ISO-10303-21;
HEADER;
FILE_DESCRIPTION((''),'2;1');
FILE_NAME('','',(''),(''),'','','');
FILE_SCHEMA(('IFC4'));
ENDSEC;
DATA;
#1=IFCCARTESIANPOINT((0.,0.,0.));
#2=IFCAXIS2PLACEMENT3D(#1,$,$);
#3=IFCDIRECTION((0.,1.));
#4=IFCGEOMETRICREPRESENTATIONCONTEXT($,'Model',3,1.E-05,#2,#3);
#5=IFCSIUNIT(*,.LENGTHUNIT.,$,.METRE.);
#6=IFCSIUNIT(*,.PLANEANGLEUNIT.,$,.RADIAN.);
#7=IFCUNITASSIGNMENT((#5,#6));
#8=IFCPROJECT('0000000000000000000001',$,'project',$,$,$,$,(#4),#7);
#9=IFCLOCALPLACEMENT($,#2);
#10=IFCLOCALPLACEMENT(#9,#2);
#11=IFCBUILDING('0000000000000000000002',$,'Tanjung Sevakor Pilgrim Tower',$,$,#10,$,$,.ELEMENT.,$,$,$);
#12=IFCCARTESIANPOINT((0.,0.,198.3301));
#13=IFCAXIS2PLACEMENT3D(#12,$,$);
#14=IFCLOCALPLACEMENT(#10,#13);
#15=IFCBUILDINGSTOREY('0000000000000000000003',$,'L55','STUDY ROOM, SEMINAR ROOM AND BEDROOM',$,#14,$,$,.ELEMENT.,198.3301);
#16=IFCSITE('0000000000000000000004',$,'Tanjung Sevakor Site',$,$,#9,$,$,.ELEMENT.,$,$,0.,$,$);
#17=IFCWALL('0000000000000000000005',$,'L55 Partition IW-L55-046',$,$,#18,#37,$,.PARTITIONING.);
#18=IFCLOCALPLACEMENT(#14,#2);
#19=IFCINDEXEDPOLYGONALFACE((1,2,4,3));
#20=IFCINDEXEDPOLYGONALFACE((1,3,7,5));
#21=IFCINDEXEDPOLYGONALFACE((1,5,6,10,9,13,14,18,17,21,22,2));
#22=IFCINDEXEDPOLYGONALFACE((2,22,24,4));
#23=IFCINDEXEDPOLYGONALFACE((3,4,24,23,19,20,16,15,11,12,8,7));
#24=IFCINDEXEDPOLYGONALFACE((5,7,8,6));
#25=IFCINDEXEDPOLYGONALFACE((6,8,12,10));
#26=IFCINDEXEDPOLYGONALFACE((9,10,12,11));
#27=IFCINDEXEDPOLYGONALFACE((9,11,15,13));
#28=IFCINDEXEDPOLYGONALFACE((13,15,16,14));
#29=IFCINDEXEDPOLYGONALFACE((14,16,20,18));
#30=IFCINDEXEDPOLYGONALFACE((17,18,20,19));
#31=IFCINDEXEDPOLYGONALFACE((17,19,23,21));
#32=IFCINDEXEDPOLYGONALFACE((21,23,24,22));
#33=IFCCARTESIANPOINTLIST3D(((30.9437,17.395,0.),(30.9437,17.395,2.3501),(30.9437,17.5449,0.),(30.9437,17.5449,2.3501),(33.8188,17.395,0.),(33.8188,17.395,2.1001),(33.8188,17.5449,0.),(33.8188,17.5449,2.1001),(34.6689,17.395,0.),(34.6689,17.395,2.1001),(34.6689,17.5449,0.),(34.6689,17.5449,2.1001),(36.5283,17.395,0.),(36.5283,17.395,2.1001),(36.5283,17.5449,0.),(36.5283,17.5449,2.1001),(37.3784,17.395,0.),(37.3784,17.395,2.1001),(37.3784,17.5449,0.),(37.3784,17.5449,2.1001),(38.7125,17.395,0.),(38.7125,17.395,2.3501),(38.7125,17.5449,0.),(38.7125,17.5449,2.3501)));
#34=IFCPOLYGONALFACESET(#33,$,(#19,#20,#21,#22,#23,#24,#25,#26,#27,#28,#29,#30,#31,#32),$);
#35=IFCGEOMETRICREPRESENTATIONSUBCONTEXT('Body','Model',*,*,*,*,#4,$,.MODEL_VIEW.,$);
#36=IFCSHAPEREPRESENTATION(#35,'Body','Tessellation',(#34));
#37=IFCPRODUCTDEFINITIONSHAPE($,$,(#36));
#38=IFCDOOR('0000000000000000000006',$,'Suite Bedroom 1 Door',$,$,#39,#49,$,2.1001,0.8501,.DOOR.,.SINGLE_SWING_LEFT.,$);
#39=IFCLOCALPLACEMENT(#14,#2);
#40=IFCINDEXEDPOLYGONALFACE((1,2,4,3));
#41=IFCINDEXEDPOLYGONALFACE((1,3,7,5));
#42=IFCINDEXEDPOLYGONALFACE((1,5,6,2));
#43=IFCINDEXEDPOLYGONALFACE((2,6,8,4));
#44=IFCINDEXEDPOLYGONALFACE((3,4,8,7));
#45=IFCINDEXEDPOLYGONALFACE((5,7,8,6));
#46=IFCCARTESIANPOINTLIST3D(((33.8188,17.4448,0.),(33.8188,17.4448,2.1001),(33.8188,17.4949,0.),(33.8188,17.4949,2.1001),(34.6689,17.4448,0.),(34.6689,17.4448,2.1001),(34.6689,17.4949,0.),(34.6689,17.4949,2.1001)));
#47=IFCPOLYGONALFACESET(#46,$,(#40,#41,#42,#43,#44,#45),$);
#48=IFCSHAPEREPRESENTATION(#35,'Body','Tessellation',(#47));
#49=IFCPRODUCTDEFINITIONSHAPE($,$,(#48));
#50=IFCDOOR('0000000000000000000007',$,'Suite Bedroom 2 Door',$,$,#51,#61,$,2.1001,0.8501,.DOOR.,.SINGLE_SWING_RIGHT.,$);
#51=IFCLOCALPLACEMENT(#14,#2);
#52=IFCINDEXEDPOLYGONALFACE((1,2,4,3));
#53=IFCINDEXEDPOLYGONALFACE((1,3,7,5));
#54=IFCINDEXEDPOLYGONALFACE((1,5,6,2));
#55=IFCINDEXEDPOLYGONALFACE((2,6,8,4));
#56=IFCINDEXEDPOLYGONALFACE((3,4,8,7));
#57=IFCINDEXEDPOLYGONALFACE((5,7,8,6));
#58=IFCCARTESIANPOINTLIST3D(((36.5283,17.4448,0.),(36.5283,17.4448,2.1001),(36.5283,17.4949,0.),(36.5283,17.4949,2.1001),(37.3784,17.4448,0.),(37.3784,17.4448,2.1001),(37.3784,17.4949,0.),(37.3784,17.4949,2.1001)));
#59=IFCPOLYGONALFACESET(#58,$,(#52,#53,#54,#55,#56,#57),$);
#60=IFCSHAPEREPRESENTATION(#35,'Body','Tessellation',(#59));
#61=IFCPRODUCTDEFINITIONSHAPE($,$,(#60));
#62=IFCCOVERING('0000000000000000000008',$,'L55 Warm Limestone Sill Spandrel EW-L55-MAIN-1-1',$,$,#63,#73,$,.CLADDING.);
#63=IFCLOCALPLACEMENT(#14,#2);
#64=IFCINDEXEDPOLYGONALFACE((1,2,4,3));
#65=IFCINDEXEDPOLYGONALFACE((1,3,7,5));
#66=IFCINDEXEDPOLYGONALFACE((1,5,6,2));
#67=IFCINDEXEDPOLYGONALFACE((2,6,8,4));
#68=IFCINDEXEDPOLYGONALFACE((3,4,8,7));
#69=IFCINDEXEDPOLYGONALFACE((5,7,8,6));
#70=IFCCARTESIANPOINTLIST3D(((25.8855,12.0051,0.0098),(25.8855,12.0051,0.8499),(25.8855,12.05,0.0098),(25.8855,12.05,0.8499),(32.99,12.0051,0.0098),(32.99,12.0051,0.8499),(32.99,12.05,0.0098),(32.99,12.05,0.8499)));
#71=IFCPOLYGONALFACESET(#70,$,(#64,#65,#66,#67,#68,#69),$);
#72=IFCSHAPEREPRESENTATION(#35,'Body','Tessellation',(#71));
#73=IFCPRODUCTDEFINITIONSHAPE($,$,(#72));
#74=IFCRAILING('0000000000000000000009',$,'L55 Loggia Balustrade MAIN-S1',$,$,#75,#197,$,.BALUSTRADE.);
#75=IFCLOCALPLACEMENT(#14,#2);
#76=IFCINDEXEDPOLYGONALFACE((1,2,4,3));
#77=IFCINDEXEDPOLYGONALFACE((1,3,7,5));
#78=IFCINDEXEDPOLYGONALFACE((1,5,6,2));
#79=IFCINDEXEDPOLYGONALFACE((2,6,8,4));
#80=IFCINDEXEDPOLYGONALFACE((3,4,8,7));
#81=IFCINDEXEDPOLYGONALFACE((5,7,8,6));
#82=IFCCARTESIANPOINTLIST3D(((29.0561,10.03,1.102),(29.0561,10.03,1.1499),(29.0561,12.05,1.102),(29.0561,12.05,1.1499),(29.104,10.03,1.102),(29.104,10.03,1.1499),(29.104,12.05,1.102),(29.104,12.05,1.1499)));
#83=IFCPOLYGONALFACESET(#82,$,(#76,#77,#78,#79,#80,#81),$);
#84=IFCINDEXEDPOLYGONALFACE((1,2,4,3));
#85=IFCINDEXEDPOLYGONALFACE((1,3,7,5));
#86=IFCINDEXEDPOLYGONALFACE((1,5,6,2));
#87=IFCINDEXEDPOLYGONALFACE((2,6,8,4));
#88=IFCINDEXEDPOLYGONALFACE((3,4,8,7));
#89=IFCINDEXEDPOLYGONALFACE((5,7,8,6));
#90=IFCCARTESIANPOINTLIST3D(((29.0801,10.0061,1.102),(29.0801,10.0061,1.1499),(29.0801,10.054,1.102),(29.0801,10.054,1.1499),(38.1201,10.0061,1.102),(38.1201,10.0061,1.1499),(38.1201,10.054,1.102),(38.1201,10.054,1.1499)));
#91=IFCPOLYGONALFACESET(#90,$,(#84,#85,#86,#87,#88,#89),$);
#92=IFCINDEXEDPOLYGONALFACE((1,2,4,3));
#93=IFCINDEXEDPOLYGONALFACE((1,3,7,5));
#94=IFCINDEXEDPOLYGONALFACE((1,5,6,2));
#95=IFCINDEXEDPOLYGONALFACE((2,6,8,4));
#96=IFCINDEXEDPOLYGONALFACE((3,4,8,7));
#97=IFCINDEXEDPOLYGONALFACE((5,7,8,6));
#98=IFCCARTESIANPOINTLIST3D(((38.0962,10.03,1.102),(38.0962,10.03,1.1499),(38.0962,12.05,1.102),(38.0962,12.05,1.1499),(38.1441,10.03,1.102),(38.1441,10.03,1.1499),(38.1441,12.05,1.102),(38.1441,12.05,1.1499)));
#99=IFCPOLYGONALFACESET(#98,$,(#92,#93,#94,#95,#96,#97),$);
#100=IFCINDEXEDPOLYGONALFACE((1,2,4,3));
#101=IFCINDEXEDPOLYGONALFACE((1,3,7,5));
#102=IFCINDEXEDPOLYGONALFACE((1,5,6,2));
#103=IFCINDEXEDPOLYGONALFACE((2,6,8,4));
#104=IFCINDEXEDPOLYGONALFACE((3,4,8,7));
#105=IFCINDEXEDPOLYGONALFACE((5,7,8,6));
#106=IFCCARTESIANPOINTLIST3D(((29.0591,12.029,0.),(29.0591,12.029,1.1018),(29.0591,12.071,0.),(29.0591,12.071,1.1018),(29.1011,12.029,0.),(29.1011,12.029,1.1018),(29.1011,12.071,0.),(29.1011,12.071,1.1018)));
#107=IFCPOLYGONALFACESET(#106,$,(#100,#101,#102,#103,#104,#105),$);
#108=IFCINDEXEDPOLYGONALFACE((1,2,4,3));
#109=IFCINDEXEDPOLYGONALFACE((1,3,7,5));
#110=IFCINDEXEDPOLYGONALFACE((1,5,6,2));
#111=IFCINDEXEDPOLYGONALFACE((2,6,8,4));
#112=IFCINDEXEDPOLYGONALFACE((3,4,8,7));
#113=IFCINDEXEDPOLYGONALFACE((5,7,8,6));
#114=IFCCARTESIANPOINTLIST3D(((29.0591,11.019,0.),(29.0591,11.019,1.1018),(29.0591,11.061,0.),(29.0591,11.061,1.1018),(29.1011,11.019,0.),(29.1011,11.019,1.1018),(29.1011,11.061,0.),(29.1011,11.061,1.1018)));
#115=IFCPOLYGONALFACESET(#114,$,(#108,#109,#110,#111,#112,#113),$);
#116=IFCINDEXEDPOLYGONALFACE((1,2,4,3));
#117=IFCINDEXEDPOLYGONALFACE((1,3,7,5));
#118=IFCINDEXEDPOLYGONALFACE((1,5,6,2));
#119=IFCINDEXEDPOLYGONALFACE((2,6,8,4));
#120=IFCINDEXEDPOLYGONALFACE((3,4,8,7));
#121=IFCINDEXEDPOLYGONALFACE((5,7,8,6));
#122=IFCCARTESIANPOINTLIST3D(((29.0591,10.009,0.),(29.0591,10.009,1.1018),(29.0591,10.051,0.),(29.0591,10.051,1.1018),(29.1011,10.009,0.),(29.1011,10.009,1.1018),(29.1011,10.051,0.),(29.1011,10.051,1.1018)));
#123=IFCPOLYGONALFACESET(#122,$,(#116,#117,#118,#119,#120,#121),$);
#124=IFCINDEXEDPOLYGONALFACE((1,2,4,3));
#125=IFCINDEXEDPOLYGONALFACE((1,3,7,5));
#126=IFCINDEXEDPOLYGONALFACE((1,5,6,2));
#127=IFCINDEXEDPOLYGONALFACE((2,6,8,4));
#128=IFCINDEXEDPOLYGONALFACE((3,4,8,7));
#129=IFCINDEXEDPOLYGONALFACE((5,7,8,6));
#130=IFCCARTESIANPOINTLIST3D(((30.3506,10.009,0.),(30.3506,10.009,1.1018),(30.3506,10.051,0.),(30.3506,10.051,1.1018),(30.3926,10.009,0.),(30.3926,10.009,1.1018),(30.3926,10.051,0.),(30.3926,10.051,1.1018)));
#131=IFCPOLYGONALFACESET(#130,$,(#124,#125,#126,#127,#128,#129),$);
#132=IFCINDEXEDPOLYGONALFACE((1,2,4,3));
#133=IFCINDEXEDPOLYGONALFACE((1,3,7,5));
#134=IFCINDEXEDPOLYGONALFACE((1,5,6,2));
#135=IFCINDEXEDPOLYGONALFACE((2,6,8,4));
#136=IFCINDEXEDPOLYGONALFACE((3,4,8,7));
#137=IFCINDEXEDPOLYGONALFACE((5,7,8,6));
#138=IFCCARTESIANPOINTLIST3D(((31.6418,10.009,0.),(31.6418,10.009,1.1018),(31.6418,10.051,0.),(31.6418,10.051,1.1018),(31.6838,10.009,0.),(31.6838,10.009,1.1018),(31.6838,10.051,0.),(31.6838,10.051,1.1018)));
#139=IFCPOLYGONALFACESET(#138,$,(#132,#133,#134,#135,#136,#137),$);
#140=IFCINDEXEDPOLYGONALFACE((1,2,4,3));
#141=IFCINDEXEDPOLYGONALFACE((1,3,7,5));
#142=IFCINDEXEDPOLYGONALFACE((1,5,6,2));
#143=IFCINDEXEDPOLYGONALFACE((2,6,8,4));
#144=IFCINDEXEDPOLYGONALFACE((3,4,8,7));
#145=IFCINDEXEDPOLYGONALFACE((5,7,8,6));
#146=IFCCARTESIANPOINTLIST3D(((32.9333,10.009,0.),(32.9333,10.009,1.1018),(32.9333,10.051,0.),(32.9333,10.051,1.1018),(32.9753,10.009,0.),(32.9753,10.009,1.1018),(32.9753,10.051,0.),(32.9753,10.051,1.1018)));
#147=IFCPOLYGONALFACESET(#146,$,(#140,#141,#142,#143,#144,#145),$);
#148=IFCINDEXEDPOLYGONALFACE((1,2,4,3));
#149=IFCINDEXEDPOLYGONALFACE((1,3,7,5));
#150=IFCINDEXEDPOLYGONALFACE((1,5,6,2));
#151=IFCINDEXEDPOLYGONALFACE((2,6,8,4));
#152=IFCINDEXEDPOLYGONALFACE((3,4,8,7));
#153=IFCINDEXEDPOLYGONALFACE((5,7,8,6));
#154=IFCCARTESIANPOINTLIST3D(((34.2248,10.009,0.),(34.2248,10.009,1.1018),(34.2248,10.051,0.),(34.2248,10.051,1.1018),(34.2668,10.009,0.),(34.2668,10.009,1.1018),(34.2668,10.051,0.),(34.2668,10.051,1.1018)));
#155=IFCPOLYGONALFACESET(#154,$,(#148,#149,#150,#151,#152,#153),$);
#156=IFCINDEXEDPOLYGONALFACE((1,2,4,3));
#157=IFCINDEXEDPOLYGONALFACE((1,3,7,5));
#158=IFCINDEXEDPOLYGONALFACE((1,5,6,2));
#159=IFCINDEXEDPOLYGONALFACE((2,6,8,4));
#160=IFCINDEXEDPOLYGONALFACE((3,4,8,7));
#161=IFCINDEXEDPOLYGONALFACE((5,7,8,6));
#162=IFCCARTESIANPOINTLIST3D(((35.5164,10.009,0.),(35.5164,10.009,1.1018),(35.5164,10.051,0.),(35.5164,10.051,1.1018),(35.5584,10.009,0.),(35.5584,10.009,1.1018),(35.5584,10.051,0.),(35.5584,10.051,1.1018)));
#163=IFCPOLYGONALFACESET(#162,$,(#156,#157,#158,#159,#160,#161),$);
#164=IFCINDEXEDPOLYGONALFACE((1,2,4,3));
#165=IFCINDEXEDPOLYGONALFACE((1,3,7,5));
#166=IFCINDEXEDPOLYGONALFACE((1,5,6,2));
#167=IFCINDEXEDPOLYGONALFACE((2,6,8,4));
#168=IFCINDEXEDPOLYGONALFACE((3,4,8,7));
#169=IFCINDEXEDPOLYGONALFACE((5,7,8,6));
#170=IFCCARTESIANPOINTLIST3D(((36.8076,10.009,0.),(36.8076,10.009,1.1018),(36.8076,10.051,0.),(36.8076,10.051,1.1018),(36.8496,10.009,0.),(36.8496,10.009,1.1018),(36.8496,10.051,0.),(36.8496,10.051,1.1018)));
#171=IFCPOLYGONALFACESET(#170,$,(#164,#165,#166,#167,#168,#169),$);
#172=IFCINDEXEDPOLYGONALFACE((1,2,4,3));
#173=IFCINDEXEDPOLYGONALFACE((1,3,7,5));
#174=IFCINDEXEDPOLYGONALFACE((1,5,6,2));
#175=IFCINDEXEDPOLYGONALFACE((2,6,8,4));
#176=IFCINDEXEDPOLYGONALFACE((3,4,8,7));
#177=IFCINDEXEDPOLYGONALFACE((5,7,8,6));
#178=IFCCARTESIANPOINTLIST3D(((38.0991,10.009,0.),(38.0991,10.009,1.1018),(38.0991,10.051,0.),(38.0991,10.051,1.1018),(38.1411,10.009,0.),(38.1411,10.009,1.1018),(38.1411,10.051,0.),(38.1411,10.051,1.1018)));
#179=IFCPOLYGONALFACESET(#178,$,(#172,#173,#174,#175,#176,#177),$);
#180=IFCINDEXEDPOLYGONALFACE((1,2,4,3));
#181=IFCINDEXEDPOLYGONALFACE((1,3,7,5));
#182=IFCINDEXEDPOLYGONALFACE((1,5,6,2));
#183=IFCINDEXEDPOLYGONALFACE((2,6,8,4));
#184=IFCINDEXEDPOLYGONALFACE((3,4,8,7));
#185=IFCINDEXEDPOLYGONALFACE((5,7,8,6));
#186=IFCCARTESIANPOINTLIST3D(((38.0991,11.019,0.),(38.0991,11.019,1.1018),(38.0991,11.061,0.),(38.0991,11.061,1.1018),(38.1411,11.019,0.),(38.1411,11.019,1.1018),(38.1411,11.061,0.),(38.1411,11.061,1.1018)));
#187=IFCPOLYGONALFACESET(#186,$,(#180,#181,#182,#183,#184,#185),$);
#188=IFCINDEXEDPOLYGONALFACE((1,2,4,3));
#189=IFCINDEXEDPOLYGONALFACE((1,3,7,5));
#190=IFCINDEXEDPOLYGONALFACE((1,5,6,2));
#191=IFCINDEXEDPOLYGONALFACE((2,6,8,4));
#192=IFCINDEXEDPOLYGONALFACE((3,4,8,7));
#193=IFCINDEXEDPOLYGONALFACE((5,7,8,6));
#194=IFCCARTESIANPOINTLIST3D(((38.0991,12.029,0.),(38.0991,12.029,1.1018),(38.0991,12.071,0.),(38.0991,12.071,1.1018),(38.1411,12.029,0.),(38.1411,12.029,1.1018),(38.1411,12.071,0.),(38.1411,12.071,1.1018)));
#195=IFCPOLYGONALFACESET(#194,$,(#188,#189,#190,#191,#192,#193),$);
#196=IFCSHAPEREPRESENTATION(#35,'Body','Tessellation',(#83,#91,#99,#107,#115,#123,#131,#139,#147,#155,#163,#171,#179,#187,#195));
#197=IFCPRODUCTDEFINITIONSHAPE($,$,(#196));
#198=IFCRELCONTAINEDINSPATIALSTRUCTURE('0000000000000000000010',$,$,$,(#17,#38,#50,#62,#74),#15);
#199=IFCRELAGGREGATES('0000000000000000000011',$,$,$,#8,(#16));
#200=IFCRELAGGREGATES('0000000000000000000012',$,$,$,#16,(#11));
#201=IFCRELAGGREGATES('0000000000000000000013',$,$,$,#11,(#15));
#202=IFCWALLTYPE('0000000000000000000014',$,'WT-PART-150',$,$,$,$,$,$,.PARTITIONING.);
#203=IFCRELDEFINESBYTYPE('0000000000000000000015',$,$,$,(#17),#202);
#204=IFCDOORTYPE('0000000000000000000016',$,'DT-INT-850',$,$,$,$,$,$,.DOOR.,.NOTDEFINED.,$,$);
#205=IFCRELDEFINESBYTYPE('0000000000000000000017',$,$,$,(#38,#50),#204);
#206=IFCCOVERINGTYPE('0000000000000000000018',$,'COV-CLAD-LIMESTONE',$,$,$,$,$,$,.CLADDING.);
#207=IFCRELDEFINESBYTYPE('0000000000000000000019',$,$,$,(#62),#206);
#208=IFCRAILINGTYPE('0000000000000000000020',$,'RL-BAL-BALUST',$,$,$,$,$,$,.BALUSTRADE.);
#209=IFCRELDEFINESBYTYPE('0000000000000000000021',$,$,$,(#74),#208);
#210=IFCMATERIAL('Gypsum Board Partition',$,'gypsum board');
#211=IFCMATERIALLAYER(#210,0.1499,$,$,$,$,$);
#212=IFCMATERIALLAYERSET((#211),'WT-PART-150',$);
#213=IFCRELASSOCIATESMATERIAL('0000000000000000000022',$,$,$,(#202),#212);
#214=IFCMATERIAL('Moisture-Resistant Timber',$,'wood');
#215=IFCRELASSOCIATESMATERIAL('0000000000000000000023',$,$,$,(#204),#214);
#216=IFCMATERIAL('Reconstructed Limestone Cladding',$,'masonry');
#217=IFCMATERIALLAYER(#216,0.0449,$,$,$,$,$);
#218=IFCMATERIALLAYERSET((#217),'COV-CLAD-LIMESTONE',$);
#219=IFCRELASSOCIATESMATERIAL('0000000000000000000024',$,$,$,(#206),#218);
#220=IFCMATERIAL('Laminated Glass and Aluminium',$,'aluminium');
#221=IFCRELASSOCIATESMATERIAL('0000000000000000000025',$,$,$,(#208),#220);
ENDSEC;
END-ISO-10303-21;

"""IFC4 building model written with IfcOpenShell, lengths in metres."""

from ifc_helpers import new_model, si_unit, direction, frame, frame_2d, origin, origin_2d, place, context, subcontext, project, spatial, rectangle, extrude, material, layer, layer_set, type_object, element, fill, save


model = new_model("IFC4")

# Units and contexts
model_context = context("Model", 3, precision=1e-05, world=origin(), true_north=direction((0.0, 1.0)))
body_context = subcontext(model_context, "Body", "Model", "MODEL_VIEW")
ifc_project = project(units=[si_unit("LENGTHUNIT", "METRE"), si_unit("PLANEANGLEUNIT", "RADIAN")], contexts=[model_context])

# Site, building, storey
site_placement = place(None, origin())
site = spatial("IfcSite", under=ifc_project, at=site_placement, Name="Tanjung Sevakor Site", CompositionType="ELEMENT", RefElevation=0.0)
building_placement = place(site_placement, origin())
building = spatial("IfcBuilding", under=site, at=building_placement, Name="Tanjung Sevakor Pilgrim Tower", CompositionType="ELEMENT")
storey_placement = place(building_placement, frame((0.0, 0.0, 198.3301)))
storey = spatial("IfcBuildingStorey", under=building, at=storey_placement, Name="L55", Description="STUDY ROOM, SEMINAR ROOM AND BEDROOM", CompositionType="ELEMENT", Elevation=198.3301)

# Wall, openings, doors
ifc_material_1 = material(Name="Gypsum Board Partition", Category="gypsum board")
ifc_layer_1 = layer(ifc_material_1, 0.1499)
ifc_layer_set_1 = layer_set([ifc_layer_1], Name="WT-PART-150")
wall_type_1 = type_object("IfcWallType", Name="WT-PART-150", PredefinedType="PARTITIONING", material=ifc_layer_set_1)
ifc_material_2 = material(Name="Moisture-Resistant Timber", Category="wood")
door_type_1 = type_object("IfcDoorType", Name="DT-INT-850", OperationType="NOTDEFINED", PredefinedType="DOOR", material=ifc_material_2)
wall_1_placement = place(storey_placement, frame((30.9438, 17.47, 0.0), z_axis=(0.0, 0.0, 1.0), x_axis=(1.0, 0.0, 0.0)))
wall_1 = element("IfcWall", 1, at=wall_1_placement, inside=storey, type_object=wall_type_1, Name="L55 Partition IW-L55-046", PredefinedType="PARTITIONING", context=body_context, shape_type="SweptSolid", body=[
    extrude(rectangle(XDim=7.7688, YDim=0.1499, at=frame_2d((3.8843, 0.0))), origin(), (0.0, 0.0, 1.0), 2.3501),
])
opening_1_placement = place(wall_1_placement, frame((2.875, 0.0, 0.0)))
opening_1 = element("IfcOpeningElement", 2, at=opening_1_placement, cuts=wall_1, PredefinedType="OPENING", context=body_context, shape_type="SweptSolid", body=[
    extrude(rectangle(XDim=0.8501, YDim=2.1001, at=frame_2d((0.425, 1.05))), frame((0.0, 0.085, 0.0), z_axis=(0.0, -1.0, 0.0), x_axis=(1.0, 0.0, 0.0)), (0.0, 0.0, 1.0), 0.1699),
])
opening_2_placement = place(wall_1_placement, frame((5.5845, 0.0, 0.0)))
opening_2 = element("IfcOpeningElement", 3, at=opening_2_placement, cuts=wall_1, PredefinedType="OPENING", context=body_context, shape_type="SweptSolid", body=[
    extrude(rectangle(XDim=0.8501, YDim=2.1001, at=frame_2d((0.425, 1.05))), frame((0.0, 0.085, 0.0), z_axis=(0.0, -1.0, 0.0), x_axis=(1.0, 0.0, 0.0)), (0.0, 0.0, 1.0), 0.1699),
])
door_1_placement = place(opening_1_placement, origin())
door_1 = element("IfcDoor", 4, at=door_1_placement, inside=storey, type_object=door_type_1, Name="Suite Bedroom 1 Door", OperationType="SINGLE_SWING_LEFT", OverallHeight=2.1001, OverallWidth=0.8501, PredefinedType="DOOR", context=body_context, shape_type="SweptSolid", body=[
    extrude(rectangle(XDim=0.8501, YDim=2.1001, at=frame_2d((0.425, 1.05))), frame((0.0, 0.0249, 0.0), z_axis=(0.0, -1.0, 0.0), x_axis=(1.0, 0.0, 0.0)), (0.0, 0.0, 1.0), 0.05),
])
fill(opening_1, door_1)
door_2_placement = place(opening_2_placement, origin())
door_2 = element("IfcDoor", 5, at=door_2_placement, inside=storey, type_object=door_type_1, Name="Suite Bedroom 2 Door", OperationType="SINGLE_SWING_RIGHT", OverallHeight=2.1001, OverallWidth=0.8501, PredefinedType="DOOR", context=body_context, shape_type="SweptSolid", body=[
    extrude(rectangle(XDim=0.8501, YDim=2.1001, at=frame_2d((0.425, 1.05))), frame((0.0, 0.0249, 0.0), z_axis=(0.0, -1.0, 0.0), x_axis=(1.0, 0.0, 0.0)), (0.0, 0.0, 1.0), 0.05),
])
fill(opening_2, door_2)

# Covering
ifc_material_3 = material(Name="Reconstructed Limestone Cladding", Category="masonry")
ifc_layer_2 = layer(ifc_material_3, 0.0449)
ifc_layer_set_2 = layer_set([ifc_layer_2], Name="COV-CLAD-LIMESTONE")
covering_type = type_object("IfcCoveringType", Name="COV-CLAD-LIMESTONE", PredefinedType="CLADDING", material=ifc_layer_set_2)
covering_placement = place(storey_placement, frame((29.4377, 12.0276, 0.0098), z_axis=(0.0, 0.0, 1.0), x_axis=(1.0, 0.0, 0.0)))
element("IfcCovering", 6, at=covering_placement, inside=storey, type_object=covering_type, Name="L55 Warm Limestone Sill Spandrel EW-L55-MAIN-1-1", PredefinedType="CLADDING", context=body_context, shape_type="SweptSolid", body=[
    extrude(rectangle(XDim=7.1045, YDim=0.0449, at=origin_2d()), origin(), (0.0, 0.0, 1.0), 0.8401),
])

# Railing
ifc_material_4 = material(Name="Laminated Glass and Aluminium", Category="aluminium")
railing_type = type_object("IfcRailingType", Name="RL-BAL-BALUST", PredefinedType="BALUSTRADE", material=ifc_material_4)
railing_placement = place(storey_placement, frame((29.0801, 12.05, 0.0)))
element("IfcRailing", 7, at=railing_placement, inside=storey, type_object=railing_type, Name="L55 Loggia Balustrade MAIN-S1", PredefinedType="BALUSTRADE", context=body_context, shape_type="SweptSolid", body=[
    extrude(rectangle(XDim=0.0479, YDim=0.0479), frame((0.0, 0.0, 1.126), z_axis=(0.0, -1.0, 0.0), x_axis=(1.0, 0.0, 0.0)), (0.0, 0.0, 1.0), 2.02),
    extrude(rectangle(XDim=0.0479, YDim=0.0479), frame((0.0, -2.02, 1.126), z_axis=(1.0, 0.0, 0.0), x_axis=(0.0, 1.0, 0.0)), (0.0, 0.0, 1.0), 9.04),
    extrude(rectangle(XDim=0.0479, YDim=0.0479), frame((9.04, -2.02, 1.126), z_axis=(0.0, 1.0, 0.0), x_axis=(-1.0, 0.0, 0.0)), (0.0, 0.0, 1.0), 2.02),
    extrude(rectangle(XDim=0.042, YDim=0.042), origin(), (0.0, 0.0, 1.0), 1.1018),
    extrude(rectangle(XDim=0.042, YDim=0.042), frame((0.0, -1.01, 0.0)), (0.0, 0.0, 1.0), 1.1018),
    extrude(rectangle(XDim=0.042, YDim=0.042), frame((0.0, -2.02, 0.0)), (0.0, 0.0, 1.0), 1.1018),
    extrude(rectangle(XDim=0.042, YDim=0.042), frame((1.2915, -2.02, 0.0)), (0.0, 0.0, 1.0), 1.1018),
    extrude(rectangle(XDim=0.042, YDim=0.042), frame((2.5828, -2.02, 0.0)), (0.0, 0.0, 1.0), 1.1018),
    extrude(rectangle(XDim=0.042, YDim=0.042), frame((3.8743, -2.02, 0.0)), (0.0, 0.0, 1.0), 1.1018),
    extrude(rectangle(XDim=0.042, YDim=0.042), frame((5.1658, -2.02, 0.0)), (0.0, 0.0, 1.0), 1.1018),
    extrude(rectangle(XDim=0.042, YDim=0.042), frame((6.4573, -2.02, 0.0)), (0.0, 0.0, 1.0), 1.1018),
    extrude(rectangle(XDim=0.042, YDim=0.042), frame((7.7485, -2.02, 0.0)), (0.0, 0.0, 1.0), 1.1018),
    extrude(rectangle(XDim=0.042, YDim=0.042), frame((9.04, -2.02, 0.0)), (0.0, 0.0, 1.0), 1.1018),
    extrude(rectangle(XDim=0.042, YDim=0.042), frame((9.04, -1.01, 0.0)), (0.0, 0.0, 1.0), 1.1018),
    extrude(rectangle(XDim=0.042, YDim=0.042), frame((9.04, 0.0, 0.0)), (0.0, 0.0, 1.0), 1.1018),
])

save(model, "model.ifc")
